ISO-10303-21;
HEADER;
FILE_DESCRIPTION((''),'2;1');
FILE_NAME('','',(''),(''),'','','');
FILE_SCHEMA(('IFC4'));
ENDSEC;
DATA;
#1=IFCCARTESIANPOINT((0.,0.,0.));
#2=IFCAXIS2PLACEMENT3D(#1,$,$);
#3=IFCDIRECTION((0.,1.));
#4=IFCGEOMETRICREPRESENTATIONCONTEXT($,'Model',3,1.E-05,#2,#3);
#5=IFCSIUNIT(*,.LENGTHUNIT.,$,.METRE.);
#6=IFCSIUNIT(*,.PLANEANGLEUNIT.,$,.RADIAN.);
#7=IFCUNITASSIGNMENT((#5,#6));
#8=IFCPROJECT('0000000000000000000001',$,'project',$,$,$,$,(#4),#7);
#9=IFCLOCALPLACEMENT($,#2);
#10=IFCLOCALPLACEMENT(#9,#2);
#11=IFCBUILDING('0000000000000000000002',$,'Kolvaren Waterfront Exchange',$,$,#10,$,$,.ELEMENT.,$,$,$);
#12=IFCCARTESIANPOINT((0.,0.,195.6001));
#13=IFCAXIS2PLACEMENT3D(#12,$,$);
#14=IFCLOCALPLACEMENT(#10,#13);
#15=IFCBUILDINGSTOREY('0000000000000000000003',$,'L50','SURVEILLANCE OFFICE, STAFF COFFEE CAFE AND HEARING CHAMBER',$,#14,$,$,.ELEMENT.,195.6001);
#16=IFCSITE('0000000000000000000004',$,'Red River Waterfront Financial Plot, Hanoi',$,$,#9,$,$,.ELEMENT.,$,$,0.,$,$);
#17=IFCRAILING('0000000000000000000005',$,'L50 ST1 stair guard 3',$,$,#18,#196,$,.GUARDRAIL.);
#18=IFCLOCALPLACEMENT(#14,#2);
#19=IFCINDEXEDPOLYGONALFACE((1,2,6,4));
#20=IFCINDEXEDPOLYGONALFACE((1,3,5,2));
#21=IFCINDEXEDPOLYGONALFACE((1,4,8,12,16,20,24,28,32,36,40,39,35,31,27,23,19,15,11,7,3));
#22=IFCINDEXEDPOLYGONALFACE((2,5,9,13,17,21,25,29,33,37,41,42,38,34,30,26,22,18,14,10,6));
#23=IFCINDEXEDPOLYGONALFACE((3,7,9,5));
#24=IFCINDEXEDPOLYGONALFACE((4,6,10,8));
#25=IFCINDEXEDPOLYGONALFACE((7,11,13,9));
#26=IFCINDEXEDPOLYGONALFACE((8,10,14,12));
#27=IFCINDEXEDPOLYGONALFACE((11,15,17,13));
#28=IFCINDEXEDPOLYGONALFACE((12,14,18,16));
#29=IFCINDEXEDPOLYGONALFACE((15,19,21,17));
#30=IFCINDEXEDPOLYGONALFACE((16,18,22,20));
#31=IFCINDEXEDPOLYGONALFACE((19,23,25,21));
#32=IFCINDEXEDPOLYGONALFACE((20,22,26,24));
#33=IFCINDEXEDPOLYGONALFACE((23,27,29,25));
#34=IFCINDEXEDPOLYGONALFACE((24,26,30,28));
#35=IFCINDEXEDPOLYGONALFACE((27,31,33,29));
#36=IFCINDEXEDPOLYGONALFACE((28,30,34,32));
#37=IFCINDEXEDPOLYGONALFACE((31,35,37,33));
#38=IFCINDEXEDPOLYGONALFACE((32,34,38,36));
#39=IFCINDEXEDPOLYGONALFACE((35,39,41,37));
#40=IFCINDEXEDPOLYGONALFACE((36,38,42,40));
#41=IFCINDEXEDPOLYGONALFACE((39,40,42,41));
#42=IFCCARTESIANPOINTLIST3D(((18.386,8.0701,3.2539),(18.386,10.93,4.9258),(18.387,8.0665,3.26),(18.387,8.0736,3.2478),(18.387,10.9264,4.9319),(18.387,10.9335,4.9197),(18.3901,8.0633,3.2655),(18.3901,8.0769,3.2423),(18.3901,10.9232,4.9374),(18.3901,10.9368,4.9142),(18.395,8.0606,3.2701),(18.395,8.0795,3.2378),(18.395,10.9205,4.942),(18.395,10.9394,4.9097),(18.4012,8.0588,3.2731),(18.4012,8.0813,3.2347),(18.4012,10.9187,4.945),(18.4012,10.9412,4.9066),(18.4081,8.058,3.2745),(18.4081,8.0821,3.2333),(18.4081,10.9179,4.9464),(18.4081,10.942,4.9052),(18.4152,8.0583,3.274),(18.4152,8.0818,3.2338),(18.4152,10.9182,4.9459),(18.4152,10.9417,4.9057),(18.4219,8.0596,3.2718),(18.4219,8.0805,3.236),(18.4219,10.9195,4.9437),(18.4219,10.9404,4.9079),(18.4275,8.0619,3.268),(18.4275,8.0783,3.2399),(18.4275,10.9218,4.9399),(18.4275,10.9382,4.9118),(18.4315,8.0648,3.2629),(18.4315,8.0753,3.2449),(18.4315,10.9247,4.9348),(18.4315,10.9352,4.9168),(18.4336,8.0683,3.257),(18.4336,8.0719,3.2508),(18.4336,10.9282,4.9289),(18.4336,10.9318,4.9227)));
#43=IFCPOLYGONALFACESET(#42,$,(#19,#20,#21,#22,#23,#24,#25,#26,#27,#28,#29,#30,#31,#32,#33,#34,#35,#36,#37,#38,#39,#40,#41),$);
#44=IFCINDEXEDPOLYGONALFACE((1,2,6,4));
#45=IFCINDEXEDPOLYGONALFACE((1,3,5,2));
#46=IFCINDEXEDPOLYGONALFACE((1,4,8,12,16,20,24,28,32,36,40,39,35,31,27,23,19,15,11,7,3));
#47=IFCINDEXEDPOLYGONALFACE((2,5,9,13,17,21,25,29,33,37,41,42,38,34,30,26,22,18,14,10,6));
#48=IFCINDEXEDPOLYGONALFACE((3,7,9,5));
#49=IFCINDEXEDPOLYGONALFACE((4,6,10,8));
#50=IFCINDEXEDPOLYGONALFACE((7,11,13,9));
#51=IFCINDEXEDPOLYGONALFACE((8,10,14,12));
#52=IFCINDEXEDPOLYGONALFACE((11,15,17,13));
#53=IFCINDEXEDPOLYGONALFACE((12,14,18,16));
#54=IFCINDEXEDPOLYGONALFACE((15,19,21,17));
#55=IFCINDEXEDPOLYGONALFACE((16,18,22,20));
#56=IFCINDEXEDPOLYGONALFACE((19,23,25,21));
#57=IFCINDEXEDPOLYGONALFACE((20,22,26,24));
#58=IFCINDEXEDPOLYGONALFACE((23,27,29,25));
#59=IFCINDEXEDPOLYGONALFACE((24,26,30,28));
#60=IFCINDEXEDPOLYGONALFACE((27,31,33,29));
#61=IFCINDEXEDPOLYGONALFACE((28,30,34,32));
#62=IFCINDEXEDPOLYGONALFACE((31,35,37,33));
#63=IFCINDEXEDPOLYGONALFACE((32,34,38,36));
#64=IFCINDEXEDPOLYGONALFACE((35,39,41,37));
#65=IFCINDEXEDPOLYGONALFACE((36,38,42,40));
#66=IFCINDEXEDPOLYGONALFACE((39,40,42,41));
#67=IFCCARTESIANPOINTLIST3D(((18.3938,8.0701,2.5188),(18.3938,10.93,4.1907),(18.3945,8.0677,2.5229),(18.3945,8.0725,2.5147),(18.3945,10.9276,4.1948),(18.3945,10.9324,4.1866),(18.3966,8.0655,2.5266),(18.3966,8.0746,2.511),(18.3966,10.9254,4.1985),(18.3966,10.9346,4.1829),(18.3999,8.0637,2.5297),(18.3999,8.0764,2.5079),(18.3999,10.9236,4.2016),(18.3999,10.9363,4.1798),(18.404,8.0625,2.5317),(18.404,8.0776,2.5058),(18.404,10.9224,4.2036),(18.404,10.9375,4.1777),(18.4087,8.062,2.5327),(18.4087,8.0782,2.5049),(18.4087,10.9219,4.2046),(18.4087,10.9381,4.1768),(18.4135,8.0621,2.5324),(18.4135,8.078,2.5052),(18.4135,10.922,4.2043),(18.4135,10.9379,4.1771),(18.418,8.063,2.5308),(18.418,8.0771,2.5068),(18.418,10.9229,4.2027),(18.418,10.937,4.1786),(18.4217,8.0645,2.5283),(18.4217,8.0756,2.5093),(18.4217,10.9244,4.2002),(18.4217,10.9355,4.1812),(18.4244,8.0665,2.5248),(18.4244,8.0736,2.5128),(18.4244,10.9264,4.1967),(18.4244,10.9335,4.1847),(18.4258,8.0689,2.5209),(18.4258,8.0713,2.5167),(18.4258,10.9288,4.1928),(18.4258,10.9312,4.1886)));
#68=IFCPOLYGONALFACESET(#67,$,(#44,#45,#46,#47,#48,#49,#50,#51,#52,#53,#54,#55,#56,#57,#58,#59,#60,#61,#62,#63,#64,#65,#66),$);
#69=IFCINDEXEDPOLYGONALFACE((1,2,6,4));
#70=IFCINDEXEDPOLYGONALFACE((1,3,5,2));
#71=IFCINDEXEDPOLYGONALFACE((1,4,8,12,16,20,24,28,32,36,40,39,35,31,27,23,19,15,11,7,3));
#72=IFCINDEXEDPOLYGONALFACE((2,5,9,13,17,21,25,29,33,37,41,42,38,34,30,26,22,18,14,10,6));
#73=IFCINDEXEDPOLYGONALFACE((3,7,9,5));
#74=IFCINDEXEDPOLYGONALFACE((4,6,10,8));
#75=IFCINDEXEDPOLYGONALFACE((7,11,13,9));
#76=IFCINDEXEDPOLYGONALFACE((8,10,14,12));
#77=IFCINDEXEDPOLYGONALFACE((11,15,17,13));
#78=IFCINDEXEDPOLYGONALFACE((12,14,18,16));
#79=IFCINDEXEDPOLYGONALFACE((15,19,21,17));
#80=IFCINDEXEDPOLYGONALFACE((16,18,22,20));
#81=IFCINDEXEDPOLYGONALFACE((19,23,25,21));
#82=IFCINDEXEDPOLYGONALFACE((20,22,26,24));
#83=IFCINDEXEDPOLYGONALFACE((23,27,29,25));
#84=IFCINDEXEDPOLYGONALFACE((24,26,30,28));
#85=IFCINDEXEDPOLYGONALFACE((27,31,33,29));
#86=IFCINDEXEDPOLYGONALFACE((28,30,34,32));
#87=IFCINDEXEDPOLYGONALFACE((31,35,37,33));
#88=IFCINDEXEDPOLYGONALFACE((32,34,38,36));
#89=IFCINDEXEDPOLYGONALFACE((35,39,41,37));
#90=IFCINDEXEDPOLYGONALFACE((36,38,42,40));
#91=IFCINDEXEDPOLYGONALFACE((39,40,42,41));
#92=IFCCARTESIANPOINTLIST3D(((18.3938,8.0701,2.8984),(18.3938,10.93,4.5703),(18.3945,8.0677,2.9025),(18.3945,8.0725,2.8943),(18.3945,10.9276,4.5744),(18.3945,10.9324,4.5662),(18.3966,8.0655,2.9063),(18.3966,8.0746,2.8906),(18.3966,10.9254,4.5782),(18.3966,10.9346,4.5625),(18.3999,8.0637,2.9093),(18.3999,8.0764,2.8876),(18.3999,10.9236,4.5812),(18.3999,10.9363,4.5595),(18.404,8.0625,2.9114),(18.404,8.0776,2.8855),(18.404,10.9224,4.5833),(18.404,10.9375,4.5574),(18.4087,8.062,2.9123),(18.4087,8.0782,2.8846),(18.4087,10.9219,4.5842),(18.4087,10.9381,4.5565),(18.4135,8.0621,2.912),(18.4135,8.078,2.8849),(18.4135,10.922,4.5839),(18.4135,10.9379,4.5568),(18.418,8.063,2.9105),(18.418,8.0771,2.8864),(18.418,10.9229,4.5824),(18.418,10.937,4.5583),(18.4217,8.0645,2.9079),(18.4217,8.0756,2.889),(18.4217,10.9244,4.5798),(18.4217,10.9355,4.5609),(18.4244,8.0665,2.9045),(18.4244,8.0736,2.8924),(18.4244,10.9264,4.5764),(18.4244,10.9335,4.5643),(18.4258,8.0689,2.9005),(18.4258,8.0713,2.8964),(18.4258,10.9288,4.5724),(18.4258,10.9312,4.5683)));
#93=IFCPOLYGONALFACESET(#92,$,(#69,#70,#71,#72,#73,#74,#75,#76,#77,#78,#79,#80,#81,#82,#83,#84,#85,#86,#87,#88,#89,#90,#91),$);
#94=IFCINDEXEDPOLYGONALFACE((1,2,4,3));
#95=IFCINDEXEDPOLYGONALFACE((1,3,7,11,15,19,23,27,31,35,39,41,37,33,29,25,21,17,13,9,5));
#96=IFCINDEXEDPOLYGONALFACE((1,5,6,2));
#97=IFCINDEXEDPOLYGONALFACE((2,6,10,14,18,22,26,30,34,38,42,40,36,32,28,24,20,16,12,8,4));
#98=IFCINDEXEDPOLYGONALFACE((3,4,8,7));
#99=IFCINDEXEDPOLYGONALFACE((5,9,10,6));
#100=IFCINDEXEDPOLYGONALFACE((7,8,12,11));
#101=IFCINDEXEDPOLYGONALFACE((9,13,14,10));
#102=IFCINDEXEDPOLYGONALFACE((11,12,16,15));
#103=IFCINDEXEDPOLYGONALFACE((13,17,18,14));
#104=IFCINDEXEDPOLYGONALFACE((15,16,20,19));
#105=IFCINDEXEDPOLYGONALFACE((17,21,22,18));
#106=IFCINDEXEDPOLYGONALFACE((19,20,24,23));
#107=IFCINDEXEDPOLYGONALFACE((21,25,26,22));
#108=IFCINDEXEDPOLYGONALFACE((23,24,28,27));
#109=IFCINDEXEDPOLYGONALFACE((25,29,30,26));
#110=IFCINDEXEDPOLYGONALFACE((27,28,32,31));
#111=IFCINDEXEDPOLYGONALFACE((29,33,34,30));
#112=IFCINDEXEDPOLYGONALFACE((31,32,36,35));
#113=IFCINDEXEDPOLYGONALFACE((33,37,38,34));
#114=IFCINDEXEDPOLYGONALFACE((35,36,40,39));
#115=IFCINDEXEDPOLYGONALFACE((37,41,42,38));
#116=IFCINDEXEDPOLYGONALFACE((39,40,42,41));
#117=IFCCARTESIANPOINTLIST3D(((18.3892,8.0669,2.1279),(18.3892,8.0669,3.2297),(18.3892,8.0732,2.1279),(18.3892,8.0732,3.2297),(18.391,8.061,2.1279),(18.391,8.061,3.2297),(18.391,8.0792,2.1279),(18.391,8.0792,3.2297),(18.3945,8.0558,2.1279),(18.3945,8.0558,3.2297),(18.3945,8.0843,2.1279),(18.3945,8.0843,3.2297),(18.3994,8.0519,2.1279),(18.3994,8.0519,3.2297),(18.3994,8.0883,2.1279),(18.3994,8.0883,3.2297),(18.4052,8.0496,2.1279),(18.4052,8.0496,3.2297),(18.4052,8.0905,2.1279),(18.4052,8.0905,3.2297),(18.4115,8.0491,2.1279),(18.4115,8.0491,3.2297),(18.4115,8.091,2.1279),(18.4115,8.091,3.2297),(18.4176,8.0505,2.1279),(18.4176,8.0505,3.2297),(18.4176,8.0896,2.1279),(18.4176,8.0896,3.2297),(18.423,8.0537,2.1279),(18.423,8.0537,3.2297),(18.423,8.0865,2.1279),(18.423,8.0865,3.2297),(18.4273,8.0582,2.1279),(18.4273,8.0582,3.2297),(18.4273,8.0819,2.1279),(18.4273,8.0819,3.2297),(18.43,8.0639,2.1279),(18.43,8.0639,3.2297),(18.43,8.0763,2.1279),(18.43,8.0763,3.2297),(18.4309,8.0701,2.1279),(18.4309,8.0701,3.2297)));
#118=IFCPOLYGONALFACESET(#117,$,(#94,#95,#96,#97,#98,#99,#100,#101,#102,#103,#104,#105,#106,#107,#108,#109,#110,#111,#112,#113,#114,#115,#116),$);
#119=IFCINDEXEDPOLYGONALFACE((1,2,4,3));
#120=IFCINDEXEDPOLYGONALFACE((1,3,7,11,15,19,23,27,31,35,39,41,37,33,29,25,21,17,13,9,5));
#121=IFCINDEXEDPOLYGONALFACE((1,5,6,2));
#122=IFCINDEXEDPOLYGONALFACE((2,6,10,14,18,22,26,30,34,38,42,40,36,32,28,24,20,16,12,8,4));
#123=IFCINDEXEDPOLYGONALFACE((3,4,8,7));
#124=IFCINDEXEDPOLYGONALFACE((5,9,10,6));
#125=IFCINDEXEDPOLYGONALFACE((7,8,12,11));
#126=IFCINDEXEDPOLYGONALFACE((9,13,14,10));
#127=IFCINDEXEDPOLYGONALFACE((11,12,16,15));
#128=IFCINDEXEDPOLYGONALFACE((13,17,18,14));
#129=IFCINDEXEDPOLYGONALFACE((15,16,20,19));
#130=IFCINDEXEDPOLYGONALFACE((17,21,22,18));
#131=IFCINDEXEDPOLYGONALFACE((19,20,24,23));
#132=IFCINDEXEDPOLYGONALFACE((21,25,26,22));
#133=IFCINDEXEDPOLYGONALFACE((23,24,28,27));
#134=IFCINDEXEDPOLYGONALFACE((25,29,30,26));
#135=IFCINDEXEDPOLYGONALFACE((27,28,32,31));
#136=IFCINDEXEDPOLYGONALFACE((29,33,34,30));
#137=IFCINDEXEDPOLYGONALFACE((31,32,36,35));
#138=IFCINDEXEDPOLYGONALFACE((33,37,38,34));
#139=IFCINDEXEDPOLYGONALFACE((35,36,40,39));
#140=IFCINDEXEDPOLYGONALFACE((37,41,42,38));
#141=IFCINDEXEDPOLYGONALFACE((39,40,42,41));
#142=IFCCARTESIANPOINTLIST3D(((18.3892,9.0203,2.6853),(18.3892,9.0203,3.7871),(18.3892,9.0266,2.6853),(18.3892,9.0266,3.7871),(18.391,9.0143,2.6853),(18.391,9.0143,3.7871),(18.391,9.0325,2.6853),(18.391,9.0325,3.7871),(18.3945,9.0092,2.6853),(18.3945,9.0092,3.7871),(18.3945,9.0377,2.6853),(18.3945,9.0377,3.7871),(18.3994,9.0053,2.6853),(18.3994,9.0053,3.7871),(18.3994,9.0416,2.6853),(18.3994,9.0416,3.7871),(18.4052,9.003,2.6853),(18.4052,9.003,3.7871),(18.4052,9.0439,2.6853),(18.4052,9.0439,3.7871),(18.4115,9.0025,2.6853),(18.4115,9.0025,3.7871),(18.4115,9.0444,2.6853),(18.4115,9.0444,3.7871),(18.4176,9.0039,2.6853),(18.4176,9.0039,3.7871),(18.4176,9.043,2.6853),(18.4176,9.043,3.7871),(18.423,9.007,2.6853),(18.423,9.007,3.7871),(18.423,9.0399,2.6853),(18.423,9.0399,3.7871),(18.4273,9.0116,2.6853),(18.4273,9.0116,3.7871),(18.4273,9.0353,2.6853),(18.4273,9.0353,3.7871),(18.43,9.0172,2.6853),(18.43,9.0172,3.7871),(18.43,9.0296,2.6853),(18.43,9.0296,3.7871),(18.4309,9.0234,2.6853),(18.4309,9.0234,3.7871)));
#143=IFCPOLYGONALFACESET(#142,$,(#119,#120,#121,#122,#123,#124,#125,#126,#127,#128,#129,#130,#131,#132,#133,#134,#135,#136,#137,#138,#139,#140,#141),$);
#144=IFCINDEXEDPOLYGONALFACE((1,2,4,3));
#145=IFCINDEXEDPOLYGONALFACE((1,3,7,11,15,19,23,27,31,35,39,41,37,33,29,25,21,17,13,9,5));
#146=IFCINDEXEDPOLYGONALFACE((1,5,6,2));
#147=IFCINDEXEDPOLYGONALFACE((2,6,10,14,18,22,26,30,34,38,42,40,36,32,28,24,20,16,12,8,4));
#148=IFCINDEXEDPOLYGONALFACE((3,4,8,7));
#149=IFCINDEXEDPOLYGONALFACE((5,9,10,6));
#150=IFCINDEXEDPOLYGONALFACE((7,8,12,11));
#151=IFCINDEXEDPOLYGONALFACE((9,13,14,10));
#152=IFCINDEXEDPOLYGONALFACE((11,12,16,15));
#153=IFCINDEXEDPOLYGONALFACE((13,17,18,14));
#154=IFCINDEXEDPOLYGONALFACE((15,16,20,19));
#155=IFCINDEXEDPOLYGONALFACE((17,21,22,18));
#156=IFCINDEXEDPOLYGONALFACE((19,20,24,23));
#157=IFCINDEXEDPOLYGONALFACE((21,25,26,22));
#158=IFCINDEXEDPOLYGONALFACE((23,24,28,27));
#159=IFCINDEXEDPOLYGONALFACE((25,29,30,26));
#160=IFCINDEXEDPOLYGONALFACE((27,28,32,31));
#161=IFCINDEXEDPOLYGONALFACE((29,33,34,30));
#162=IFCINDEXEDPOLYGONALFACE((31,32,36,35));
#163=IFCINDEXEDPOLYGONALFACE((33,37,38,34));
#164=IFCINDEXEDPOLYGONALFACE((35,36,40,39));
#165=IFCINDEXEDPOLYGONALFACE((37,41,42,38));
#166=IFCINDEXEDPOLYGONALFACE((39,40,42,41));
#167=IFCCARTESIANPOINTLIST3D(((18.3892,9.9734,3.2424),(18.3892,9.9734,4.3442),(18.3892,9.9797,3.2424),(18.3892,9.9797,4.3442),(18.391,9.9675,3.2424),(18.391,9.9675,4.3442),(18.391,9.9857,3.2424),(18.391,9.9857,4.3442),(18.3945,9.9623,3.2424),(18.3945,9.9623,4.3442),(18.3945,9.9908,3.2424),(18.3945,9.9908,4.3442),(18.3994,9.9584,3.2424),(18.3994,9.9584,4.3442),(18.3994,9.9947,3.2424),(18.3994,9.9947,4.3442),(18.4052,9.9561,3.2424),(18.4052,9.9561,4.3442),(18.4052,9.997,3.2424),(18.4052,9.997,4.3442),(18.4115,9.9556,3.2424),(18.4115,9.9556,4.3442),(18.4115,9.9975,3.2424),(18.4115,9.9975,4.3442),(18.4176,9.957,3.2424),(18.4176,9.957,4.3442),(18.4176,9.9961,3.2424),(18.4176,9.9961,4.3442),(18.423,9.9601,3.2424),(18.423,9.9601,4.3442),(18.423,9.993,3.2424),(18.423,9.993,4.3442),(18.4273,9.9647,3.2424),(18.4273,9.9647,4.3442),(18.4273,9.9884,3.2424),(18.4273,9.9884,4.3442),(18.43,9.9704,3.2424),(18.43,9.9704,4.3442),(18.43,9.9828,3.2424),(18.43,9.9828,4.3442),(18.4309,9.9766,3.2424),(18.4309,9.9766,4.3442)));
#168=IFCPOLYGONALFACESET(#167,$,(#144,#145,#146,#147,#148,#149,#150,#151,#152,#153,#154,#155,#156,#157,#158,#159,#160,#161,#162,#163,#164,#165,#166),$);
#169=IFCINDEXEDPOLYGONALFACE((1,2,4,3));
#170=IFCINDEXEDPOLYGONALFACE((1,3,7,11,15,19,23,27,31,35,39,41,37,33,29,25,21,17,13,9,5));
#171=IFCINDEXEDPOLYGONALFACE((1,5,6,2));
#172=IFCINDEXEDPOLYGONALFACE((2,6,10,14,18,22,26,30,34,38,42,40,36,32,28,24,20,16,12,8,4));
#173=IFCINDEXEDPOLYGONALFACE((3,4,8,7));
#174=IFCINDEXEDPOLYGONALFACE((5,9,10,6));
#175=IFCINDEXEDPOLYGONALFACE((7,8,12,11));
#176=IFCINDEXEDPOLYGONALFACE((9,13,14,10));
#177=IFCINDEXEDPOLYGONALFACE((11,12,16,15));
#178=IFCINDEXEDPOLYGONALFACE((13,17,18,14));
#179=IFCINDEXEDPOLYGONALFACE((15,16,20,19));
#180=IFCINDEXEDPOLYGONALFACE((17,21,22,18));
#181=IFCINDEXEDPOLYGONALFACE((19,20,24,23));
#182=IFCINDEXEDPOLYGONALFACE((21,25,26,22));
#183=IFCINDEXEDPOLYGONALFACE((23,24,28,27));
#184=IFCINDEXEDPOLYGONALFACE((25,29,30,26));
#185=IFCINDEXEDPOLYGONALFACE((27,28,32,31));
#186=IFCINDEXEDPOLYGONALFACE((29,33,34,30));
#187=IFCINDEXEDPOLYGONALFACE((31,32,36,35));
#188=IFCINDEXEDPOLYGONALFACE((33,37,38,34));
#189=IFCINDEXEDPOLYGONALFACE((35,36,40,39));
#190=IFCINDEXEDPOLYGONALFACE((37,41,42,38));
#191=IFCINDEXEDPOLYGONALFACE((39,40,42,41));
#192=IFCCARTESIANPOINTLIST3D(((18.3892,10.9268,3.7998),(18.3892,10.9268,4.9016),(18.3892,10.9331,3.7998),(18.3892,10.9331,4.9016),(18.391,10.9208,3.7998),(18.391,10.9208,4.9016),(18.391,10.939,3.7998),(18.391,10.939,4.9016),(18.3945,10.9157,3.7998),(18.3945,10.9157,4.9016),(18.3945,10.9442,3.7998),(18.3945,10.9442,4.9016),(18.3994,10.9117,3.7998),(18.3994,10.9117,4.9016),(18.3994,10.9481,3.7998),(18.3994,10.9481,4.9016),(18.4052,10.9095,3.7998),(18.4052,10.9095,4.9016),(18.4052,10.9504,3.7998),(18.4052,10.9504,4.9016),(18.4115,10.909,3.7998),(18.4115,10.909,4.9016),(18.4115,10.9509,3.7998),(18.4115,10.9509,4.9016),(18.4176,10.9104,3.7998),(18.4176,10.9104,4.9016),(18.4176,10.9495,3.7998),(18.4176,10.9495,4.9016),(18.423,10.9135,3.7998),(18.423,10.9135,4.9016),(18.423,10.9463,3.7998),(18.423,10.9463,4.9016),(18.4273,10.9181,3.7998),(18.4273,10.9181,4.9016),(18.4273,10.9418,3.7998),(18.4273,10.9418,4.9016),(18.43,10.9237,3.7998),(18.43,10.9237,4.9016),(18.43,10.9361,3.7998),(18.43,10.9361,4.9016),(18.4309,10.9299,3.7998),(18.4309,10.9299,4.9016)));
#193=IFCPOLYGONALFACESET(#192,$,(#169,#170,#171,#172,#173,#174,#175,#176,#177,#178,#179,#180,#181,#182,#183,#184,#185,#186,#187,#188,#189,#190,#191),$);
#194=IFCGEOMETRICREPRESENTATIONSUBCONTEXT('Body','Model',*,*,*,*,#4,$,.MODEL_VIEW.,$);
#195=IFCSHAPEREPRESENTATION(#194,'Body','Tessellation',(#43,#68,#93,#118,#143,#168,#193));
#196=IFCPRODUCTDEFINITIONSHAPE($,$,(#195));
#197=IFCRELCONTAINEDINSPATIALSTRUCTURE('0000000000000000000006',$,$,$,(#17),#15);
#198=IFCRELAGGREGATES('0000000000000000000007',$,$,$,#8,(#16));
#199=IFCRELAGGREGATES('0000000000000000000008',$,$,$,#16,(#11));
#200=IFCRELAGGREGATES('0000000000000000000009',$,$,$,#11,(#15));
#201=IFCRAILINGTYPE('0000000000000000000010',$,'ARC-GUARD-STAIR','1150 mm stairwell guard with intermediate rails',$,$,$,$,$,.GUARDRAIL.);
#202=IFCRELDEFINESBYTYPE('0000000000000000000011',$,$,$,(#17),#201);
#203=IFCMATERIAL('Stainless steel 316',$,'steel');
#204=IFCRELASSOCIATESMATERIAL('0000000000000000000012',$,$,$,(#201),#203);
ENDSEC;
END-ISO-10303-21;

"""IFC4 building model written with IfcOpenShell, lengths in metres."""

from ifc_helpers import new_model, si_unit, direction, frame, origin, origin_2d, place, context, subcontext, project, spatial, circle, extrude, material, type_object, element, save


model = new_model("IFC4")

# Units and contexts
model_context = context("Model", 3, precision=1e-05, world=origin(), true_north=direction((0.0, 1.0)))
body_context = subcontext(model_context, "Body", "Model", "MODEL_VIEW")
ifc_project = project(units=[si_unit("LENGTHUNIT", "METRE"), si_unit("PLANEANGLEUNIT", "RADIAN")], contexts=[model_context])

# Site, building, storey
site_placement = place(None, origin())
site = spatial("IfcSite", under=ifc_project, at=site_placement, Name="Red River Waterfront Financial Plot, Hanoi", CompositionType="ELEMENT", RefElevation=0.0)
building_placement = place(site_placement, origin())
building = spatial("IfcBuilding", under=site, at=building_placement, Name="Kolvaren Waterfront Exchange", CompositionType="ELEMENT")
storey_placement = place(building_placement, frame((0.0, 0.0, 195.6001)))
storey = spatial("IfcBuildingStorey", under=building, at=storey_placement, Name="L50", Description="SURVEILLANCE OFFICE, STAFF COFFEE CAFE AND HEARING CHAMBER", CompositionType="ELEMENT", Elevation=195.6001)

# Railing
ifc_material_1 = material(Name="Stainless steel 316", Category="steel")
railing_type_1 = type_object("IfcRailingType", Name="ARC-GUARD-STAIR", Description="1150 mm stairwell guard with intermediate rails", PredefinedType="GUARDRAIL", material=ifc_material_1)
railing_1_placement = place(storey_placement, frame((18.4099, 8.0701, 2.1279)))
element("IfcRailing", 1, at=railing_1_placement, inside=storey, type_object=railing_type_1, Name="L50 ST1 stair guard 3", PredefinedType="GUARDRAIL", context=body_context, shape_type="SweptSolid", body=[
    extrude(circle(Radius=0.0239, at=origin_2d()), frame((0.0, 0.0, 1.126), z_axis=(0.0, 0.863303, 0.504686), x_axis=(-1.0, 0.0, 0.0)), (0.0, 0.0, 1.0), 3.3127),
    extrude(circle(Radius=0.0161, at=origin_2d()), frame((0.0, 0.0, 0.3909), z_axis=(0.0, 0.863303, 0.504686), x_axis=(-1.0, 0.0, 0.0)), (0.0, 0.0, 1.0), 3.3127),
    extrude(circle(Radius=0.0161, at=origin_2d()), frame((0.0, 0.0, 0.7705), z_axis=(0.0, 0.863303, 0.504686), x_axis=(-1.0, 0.0, 0.0)), (0.0, 0.0, 1.0), 3.3127),
    extrude(circle(Radius=0.021, at=origin_2d()), origin(), (0.0, 0.0, 1.0), 1.1018),
    extrude(circle(Radius=0.021, at=origin_2d()), frame((0.0, 0.9534, 0.5574)), (0.0, 0.0, 1.0), 1.1018),
    extrude(circle(Radius=0.021, at=origin_2d()), frame((0.0, 1.9065, 1.1145)), (0.0, 0.0, 1.0), 1.1018),
    extrude(circle(Radius=0.021, at=origin_2d()), frame((0.0, 2.8599, 1.6719)), (0.0, 0.0, 1.0), 1.1018),
])

save(model, "model.ifc")
